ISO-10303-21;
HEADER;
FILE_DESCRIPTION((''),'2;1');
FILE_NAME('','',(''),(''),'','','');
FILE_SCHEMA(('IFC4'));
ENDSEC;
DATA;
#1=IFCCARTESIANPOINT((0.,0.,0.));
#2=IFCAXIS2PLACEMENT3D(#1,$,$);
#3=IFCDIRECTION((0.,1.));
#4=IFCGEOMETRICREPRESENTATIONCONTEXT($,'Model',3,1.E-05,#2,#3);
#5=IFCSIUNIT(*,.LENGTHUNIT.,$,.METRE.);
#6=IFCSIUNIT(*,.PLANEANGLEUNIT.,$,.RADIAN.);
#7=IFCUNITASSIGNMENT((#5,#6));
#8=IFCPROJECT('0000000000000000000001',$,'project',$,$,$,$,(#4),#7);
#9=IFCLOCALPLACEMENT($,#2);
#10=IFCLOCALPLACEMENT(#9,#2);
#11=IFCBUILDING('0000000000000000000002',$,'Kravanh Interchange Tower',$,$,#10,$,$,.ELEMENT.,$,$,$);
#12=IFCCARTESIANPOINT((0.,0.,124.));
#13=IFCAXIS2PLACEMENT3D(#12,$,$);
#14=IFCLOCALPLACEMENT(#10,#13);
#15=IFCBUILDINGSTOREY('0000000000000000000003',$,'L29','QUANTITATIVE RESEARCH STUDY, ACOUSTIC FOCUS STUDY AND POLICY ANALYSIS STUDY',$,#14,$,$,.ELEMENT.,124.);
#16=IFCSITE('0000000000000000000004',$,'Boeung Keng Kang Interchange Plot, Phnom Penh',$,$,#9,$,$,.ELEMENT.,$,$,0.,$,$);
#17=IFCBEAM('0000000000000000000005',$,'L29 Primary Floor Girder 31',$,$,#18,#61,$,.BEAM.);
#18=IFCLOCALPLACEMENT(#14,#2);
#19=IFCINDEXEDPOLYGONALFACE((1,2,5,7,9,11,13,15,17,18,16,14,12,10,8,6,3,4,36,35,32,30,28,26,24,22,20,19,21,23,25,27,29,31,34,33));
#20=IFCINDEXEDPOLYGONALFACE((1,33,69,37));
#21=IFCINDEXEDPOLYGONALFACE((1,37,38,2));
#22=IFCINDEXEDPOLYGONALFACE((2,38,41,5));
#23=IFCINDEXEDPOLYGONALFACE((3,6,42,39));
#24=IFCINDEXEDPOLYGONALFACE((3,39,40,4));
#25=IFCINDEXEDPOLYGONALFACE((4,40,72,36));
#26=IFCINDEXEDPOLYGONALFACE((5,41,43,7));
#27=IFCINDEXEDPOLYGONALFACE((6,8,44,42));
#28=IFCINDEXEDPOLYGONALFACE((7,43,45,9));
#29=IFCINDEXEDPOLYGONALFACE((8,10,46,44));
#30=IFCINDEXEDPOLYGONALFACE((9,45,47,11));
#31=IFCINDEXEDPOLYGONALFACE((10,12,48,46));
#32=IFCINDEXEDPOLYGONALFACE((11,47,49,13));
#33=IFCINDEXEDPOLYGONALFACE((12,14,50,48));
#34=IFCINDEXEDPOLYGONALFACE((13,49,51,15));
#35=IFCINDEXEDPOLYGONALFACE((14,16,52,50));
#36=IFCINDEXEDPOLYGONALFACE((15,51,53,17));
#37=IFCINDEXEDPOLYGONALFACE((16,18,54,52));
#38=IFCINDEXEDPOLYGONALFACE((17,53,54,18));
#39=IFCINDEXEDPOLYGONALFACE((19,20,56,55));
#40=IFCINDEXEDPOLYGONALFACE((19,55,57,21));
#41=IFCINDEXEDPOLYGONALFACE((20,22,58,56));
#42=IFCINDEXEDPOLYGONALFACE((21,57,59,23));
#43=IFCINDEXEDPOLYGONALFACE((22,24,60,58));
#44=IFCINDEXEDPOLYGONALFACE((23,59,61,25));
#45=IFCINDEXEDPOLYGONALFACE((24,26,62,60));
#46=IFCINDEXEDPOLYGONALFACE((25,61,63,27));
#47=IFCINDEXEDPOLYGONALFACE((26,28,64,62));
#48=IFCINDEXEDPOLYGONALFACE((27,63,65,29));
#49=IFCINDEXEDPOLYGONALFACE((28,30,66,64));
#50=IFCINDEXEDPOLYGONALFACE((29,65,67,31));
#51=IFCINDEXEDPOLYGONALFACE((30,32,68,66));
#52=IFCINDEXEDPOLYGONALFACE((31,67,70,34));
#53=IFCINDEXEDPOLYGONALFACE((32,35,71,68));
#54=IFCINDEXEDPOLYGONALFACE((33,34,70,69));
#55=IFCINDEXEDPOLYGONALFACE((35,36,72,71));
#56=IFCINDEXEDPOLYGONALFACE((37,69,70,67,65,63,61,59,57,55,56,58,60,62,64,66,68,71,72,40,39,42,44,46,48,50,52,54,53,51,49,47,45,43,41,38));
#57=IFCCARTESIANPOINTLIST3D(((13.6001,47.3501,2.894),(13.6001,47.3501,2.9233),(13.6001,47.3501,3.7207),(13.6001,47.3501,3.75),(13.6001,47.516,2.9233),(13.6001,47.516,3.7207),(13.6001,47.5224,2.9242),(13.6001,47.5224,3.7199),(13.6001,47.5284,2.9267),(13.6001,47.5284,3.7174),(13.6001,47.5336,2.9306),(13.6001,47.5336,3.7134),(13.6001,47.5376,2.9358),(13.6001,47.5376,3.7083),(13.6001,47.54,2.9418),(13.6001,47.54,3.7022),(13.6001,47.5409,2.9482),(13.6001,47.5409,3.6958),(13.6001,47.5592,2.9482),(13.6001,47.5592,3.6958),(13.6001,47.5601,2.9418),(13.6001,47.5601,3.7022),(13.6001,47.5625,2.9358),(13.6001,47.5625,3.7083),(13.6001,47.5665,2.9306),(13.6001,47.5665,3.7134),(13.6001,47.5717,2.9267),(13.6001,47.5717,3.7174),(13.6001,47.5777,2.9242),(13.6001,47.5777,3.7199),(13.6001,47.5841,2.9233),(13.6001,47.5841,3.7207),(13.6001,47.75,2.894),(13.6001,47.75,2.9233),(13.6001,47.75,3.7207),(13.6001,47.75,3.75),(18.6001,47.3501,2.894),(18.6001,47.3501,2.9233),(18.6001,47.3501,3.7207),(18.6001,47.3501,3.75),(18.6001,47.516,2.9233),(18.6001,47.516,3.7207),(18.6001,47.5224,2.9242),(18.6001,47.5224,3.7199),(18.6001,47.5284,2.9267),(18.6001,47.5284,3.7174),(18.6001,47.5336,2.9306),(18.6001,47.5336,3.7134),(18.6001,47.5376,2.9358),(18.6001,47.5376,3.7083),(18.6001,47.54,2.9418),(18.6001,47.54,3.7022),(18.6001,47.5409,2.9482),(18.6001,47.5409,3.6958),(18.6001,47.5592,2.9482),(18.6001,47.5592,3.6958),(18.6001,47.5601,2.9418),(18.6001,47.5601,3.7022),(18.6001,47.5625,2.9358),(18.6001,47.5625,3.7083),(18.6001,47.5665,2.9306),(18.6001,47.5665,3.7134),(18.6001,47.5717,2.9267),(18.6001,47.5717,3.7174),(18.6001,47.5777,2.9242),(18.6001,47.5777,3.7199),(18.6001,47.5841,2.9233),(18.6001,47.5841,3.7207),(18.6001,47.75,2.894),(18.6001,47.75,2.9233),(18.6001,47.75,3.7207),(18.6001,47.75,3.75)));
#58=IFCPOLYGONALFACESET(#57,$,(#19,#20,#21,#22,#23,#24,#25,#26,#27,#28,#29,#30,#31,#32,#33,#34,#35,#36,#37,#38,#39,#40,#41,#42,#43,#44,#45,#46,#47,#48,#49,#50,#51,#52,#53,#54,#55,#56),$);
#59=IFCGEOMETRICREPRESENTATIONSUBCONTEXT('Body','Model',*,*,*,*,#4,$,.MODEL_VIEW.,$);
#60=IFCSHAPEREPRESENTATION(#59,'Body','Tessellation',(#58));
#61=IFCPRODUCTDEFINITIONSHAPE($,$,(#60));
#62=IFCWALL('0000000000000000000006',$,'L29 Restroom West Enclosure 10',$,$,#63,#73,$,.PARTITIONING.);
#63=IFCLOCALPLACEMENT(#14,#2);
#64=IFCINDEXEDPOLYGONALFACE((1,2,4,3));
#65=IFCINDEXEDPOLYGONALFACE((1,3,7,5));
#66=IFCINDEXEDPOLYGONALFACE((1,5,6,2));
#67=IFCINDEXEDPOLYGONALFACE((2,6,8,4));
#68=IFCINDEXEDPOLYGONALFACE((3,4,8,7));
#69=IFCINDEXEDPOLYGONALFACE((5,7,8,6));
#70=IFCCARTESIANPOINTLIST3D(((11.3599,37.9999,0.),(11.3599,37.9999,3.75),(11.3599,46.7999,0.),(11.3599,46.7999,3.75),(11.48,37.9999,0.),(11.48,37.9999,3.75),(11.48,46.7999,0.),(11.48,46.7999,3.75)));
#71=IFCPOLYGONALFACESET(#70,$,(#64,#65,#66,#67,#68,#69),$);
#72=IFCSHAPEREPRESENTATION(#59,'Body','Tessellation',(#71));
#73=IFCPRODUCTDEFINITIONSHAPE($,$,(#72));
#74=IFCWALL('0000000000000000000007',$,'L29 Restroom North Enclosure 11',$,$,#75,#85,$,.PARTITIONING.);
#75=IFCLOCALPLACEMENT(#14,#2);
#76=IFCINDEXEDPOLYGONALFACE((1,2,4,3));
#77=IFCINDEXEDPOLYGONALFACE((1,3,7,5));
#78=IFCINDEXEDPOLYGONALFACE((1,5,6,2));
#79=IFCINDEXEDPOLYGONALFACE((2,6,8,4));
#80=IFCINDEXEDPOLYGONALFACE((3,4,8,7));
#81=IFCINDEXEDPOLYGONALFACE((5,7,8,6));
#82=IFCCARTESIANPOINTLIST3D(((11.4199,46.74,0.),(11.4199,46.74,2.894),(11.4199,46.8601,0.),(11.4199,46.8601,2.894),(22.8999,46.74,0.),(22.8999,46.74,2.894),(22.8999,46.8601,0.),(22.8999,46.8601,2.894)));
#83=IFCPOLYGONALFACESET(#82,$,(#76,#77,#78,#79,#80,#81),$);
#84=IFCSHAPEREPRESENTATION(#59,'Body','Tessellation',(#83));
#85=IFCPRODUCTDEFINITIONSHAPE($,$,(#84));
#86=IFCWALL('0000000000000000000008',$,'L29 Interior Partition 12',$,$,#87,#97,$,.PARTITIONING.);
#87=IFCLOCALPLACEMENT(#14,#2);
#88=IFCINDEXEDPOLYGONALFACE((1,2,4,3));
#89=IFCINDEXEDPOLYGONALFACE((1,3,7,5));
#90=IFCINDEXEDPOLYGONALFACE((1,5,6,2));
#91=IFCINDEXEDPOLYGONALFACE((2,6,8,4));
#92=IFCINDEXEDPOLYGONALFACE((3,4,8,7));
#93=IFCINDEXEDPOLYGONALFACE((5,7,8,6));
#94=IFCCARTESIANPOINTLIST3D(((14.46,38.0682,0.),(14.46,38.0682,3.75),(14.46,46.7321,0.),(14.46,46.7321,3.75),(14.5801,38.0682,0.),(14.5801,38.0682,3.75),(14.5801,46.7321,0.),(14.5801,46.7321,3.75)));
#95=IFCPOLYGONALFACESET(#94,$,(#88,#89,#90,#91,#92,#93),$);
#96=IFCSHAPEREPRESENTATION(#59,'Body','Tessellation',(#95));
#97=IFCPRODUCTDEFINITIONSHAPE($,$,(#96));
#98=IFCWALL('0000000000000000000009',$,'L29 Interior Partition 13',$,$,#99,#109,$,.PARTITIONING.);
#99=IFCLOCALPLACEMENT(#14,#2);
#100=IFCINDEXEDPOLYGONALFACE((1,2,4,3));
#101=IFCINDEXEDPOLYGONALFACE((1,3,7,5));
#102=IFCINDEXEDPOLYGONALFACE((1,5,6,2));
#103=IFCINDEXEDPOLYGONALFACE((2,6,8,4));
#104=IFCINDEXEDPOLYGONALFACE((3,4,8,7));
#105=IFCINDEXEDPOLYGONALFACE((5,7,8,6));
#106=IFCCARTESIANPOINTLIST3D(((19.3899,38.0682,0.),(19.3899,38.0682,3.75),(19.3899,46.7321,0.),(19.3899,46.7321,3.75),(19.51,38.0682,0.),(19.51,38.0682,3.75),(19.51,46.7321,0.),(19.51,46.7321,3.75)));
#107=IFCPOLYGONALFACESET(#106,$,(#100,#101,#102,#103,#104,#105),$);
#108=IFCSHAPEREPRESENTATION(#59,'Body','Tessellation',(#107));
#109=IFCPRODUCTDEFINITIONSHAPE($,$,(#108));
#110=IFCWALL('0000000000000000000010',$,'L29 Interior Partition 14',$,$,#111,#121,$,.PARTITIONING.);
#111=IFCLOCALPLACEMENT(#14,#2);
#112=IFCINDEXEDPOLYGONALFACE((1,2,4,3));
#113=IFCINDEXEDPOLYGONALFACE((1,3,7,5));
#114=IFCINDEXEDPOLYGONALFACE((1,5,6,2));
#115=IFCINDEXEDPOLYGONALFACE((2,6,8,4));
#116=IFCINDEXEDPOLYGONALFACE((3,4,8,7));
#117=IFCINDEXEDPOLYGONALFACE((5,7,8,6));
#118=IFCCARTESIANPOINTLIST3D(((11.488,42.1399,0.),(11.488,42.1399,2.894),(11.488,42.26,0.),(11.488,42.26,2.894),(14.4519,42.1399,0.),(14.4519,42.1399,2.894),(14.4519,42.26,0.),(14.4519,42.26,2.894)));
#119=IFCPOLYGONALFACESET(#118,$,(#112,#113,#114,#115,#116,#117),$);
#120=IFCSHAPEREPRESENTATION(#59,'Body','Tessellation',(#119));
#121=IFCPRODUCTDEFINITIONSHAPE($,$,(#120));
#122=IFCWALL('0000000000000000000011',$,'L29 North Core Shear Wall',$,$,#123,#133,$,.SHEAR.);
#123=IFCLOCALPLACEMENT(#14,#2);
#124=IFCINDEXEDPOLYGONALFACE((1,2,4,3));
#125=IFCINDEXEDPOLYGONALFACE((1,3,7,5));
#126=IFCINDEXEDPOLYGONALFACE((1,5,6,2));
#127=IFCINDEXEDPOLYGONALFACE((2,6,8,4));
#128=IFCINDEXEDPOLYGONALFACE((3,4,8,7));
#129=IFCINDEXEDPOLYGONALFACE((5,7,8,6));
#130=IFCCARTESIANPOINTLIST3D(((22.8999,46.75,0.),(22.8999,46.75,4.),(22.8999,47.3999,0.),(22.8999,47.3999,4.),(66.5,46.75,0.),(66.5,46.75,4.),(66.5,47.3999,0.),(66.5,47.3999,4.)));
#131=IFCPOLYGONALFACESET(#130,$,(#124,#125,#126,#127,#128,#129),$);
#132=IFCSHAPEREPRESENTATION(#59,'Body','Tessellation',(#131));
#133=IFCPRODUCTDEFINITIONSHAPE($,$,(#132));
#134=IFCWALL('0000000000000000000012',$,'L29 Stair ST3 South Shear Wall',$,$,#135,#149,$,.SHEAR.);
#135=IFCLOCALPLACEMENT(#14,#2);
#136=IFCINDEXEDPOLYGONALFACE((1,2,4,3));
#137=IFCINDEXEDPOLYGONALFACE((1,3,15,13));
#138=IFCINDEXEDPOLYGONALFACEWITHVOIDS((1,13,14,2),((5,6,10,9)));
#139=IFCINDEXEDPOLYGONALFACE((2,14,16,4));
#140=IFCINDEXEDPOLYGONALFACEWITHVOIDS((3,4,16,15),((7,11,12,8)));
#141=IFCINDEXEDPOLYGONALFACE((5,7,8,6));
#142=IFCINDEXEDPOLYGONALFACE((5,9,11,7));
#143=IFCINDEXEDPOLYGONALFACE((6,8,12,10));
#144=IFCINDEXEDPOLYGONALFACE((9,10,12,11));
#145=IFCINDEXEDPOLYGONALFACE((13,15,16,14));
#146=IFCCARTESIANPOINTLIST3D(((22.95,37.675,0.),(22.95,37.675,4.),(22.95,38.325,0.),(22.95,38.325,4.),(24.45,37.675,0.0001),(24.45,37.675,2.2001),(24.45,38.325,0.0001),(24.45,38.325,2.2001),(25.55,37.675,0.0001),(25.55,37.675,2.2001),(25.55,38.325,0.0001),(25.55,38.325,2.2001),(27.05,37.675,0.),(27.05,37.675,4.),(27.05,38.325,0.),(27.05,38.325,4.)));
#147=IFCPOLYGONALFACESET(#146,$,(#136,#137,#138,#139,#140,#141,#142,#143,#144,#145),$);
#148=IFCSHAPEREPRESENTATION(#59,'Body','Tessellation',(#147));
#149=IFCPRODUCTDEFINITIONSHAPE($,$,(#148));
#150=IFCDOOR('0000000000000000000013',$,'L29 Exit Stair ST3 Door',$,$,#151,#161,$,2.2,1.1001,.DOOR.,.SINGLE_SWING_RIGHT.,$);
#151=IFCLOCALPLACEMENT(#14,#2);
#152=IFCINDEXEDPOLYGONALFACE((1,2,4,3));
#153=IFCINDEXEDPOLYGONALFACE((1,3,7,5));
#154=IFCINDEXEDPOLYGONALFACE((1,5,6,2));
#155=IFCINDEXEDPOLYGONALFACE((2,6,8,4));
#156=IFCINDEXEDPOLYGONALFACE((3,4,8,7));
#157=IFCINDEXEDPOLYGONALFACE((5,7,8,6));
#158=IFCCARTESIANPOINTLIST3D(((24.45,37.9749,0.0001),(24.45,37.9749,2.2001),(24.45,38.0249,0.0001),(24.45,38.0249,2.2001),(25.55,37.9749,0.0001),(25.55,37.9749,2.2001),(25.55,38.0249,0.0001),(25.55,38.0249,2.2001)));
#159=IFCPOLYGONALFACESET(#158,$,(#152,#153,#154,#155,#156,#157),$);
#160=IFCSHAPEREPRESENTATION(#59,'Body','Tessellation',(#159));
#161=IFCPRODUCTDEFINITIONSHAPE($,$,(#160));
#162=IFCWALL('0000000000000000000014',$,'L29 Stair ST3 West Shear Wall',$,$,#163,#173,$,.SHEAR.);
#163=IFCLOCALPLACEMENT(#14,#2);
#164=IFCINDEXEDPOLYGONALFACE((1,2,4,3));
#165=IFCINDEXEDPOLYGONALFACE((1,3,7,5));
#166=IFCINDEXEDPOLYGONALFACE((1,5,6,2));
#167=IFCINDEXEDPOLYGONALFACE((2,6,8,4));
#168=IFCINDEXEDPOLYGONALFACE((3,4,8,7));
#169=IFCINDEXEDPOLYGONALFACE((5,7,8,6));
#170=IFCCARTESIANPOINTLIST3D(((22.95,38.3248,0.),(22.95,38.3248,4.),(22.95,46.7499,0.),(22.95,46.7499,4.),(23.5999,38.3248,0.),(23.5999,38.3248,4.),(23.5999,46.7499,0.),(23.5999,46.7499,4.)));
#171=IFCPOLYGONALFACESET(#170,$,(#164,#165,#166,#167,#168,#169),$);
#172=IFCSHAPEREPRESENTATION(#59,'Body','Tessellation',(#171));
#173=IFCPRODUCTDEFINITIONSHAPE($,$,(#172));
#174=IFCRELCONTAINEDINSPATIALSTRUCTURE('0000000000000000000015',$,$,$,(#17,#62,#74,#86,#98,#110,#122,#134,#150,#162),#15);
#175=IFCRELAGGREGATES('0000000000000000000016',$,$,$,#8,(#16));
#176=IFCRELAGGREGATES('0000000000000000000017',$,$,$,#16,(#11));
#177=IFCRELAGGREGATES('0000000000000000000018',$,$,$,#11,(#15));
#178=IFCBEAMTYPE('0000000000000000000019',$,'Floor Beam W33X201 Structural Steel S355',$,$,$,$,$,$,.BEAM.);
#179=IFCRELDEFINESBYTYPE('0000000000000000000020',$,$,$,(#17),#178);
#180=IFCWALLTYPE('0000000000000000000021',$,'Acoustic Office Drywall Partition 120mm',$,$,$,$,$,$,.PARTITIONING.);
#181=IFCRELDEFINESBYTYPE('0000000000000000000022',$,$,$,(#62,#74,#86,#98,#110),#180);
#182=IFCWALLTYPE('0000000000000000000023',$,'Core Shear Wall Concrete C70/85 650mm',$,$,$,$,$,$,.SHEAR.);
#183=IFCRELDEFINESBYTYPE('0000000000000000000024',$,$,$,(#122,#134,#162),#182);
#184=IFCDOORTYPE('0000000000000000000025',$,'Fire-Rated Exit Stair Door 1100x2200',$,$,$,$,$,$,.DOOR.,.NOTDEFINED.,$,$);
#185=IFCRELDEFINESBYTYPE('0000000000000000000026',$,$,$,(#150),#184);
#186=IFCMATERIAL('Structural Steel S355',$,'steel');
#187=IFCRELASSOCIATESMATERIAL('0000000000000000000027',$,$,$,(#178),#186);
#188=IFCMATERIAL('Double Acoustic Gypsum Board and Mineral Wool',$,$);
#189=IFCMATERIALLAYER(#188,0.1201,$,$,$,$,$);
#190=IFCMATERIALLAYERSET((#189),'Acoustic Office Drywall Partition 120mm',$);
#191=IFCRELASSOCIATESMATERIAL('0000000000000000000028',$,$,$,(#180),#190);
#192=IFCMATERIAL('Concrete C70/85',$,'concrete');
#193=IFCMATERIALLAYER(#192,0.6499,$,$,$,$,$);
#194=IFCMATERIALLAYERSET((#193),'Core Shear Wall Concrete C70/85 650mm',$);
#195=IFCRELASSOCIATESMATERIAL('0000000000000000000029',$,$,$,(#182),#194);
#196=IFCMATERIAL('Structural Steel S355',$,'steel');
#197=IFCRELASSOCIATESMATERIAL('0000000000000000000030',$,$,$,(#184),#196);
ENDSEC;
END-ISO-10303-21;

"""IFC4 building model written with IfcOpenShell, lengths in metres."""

from ifc_helpers import new_model, si_unit, direction, frame, frame_2d, origin, origin_2d, place, context, subcontext, project, spatial, rectangle, i_section, extrude, material, layer, layer_set, material_profile, profile_set, type_object, element, fill, save


model = new_model("IFC4")

# Units and contexts
model_context = context("Model", 3, precision=1e-05, world=origin(), true_north=direction((0.0, 1.0)))
body_context = subcontext(model_context, "Body", "Model", "MODEL_VIEW")
ifc_project = project(units=[si_unit("LENGTHUNIT", "METRE"), si_unit("PLANEANGLEUNIT", "RADIAN")], contexts=[model_context])

# Site, building, storey
site_placement = place(None, origin())
site = spatial("IfcSite", under=ifc_project, at=site_placement, Name="Boeung Keng Kang Interchange Plot, Phnom Penh", CompositionType="ELEMENT", RefElevation=0.0)
building_placement = place(site_placement, origin())
building = spatial("IfcBuilding", under=site, at=building_placement, Name="Kravanh Interchange Tower", CompositionType="ELEMENT")
storey_placement = place(building_placement, frame((0.0, 0.0, 124.0)))
storey = spatial("IfcBuildingStorey", under=building, at=storey_placement, Name="L29", Description="QUANTITATIVE RESEARCH STUDY, ACOUSTIC FOCUS STUDY AND POLICY ANALYSIS STUDY", CompositionType="ELEMENT", Elevation=124.0)

# Beam
ifc_material_1 = material(Name="Structural Steel S355", Category="steel")
ifc_material_profile_1 = material_profile(ifc_material_1, i_section(OverallWidth=0.3999, OverallDepth=0.856, WebThickness=0.0183, FlangeThickness=0.0293, FilletRadius=0.0249, at=origin_2d()), Name="W33X201")
ifc_profile_set_1 = profile_set([ifc_material_profile_1], Name="Structural Steel S355")
beam_type = type_object("IfcBeamType", Name="Floor Beam W33X201 Structural Steel S355", PredefinedType="BEAM", material=ifc_profile_set_1)
beam_1_placement = place(storey_placement, frame((18.6001, 47.55, 3.322), z_axis=(-1.0, 0.0, 0.0), x_axis=(0.0, -1.0, 0.0)))
element("IfcBeam", 1, at=beam_1_placement, inside=storey, type_object=beam_type, Name="L29 Primary Floor Girder 31", PredefinedType="BEAM", context=body_context, shape_type="SweptSolid", body=[
    extrude(i_section(OverallWidth=0.3999, OverallDepth=0.856, WebThickness=0.0183, FlangeThickness=0.0293, FilletRadius=0.0249, at=origin_2d()), origin(), (0.0, 0.0, 1.0), 5.0),
])

# Shared definitions
ifc_material_2 = material(Name="Double Acoustic Gypsum Board and Mineral Wool")
ifc_layer_1 = layer(ifc_material_2, 0.1201)
ifc_layer_set_1 = layer_set([ifc_layer_1], Name="Acoustic Office Drywall Partition 120mm")
wall_type_1 = type_object("IfcWallType", Name="Acoustic Office Drywall Partition 120mm", PredefinedType="PARTITIONING", material=ifc_layer_set_1)

# Walls
wall_1_placement = place(storey_placement, frame((11.4199, 38.0, 0.0), z_axis=(0.0, 0.0, 1.0), x_axis=(0.0, 1.0, 0.0)))
element("IfcWall", 2, at=wall_1_placement, inside=storey, type_object=wall_type_1, Name="L29 Restroom West Enclosure 10", PredefinedType="PARTITIONING", context=body_context, shape_type="SweptSolid", body=[
    extrude(rectangle(XDim=8.8, YDim=0.1201, at=frame_2d((4.3999, 0.0))), origin(), (0.0, 0.0, 1.0), 3.75),
])
wall_2_placement = place(storey_placement, frame((11.4199, 46.8, 0.0), z_axis=(0.0, 0.0, 1.0), x_axis=(1.0, 0.0, 0.0)))
element("IfcWall", 3, at=wall_2_placement, inside=storey, type_object=wall_type_1, Name="L29 Restroom North Enclosure 11", PredefinedType="PARTITIONING", context=body_context, shape_type="SweptSolid", body=[
    extrude(rectangle(XDim=11.48, YDim=0.1201, at=frame_2d((5.74, 0.0))), origin(), (0.0, 0.0, 1.0), 2.894),
])
for number, where, z_axis, x_axis, name in (
    (4, (14.52, 38.0681, 0.0), (0.0, 0.0, 1.0), (0.0, 1.0, 0.0), "L29 Interior Partition 12"),
    (5, (19.45, 38.0681, 0.0), (0.0, 0.0, 1.0), (0.0, 1.0, 0.0), "L29 Interior Partition 13"),
):
    element("IfcWall", number, at=place(storey_placement, frame(where, z_axis=z_axis, x_axis=x_axis)), inside=storey, type_object=wall_type_1, Name=name, PredefinedType="PARTITIONING", context=body_context, shape_type="SweptSolid", body=[
        extrude(rectangle(XDim=8.6638, YDim=0.1201, at=frame_2d((4.332, 0.0))), origin(), (0.0, 0.0, 1.0), 3.75),
    ])
wall_3_placement = place(storey_placement, frame((11.488, 42.2, 0.0), z_axis=(0.0, 0.0, 1.0), x_axis=(1.0, 0.0, 0.0)))
element("IfcWall", 6, at=wall_3_placement, inside=storey, type_object=wall_type_1, Name="L29 Interior Partition 14", PredefinedType="PARTITIONING", context=body_context, shape_type="SweptSolid", body=[
    extrude(rectangle(XDim=2.9639, YDim=0.1201, at=frame_2d((1.4819, 0.0))), origin(), (0.0, 0.0, 1.0), 2.894),
])
ifc_material_3 = material(Name="Concrete C70/85", Category="concrete")
ifc_layer_2 = layer(ifc_material_3, 0.6499)
ifc_layer_set_2 = layer_set([ifc_layer_2], Name="Core Shear Wall Concrete C70/85 650mm")
wall_type_2 = type_object("IfcWallType", Name="Core Shear Wall Concrete C70/85 650mm", PredefinedType="SHEAR", material=ifc_layer_set_2)
wall_4_placement = place(storey_placement, frame((22.8999, 47.075, 0.0), z_axis=(0.0, 0.0, 1.0), x_axis=(1.0, 0.0, 0.0)))
element("IfcWall", 7, at=wall_4_placement, inside=storey, type_object=wall_type_2, Name="L29 North Core Shear Wall", PredefinedType="SHEAR", context=body_context, shape_type="SweptSolid", body=[
    extrude(rectangle(XDim=43.6001, YDim=0.6499, at=frame_2d((21.8, 0.0))), origin(), (0.0, 0.0, 1.0), 4.0),
])

# Wall, opening, door
wall_5_placement = place(storey_placement, frame((22.95, 38.0, 0.0), z_axis=(0.0, 0.0, 1.0), x_axis=(1.0, 0.0, 0.0)))
wall_5 = element("IfcWall", 8, at=wall_5_placement, inside=storey, type_object=wall_type_2, Name="L29 Stair ST3 South Shear Wall", PredefinedType="SHEAR", context=body_context, shape_type="SweptSolid", body=[
    extrude(rectangle(XDim=4.1001, YDim=0.6499, at=frame_2d((2.05, 0.0))), origin(), (0.0, 0.0, 1.0), 4.0),
])
opening_1_placement = place(wall_5_placement, frame((1.5, 0.0, 0.0)))
opening_1 = element("IfcOpeningElement", 9, at=opening_1_placement, cuts=wall_5, PredefinedType="OPENING", context=body_context, shape_type="SweptSolid", body=[
    extrude(rectangle(XDim=1.1001, YDim=2.2, at=frame_2d((0.55, 1.1001))), frame((0.0, 0.335, 0.0), z_axis=(0.0, -1.0, 0.0), x_axis=(1.0, 0.0, 0.0)), (0.0, 0.0, 1.0), 0.6699),
])
ifc_material_4 = material(Name="Structural Steel S355", Category="steel")
door_type_1 = type_object("IfcDoorType", Name="Fire-Rated Exit Stair Door 1100x2200", OperationType="NOTDEFINED", PredefinedType="DOOR", material=ifc_material_4)
door_1_placement = place(opening_1_placement, origin())
door_1 = element("IfcDoor", 10, at=door_1_placement, inside=storey, type_object=door_type_1, Name="L29 Exit Stair ST3 Door", OperationType="SINGLE_SWING_RIGHT", OverallHeight=2.2, OverallWidth=1.1001, PredefinedType="DOOR", context=body_context, shape_type="SweptSolid", body=[
    extrude(rectangle(XDim=1.1001, YDim=2.2, at=frame_2d((0.55, 1.1001))), frame((0.0, 0.0249, 0.0), z_axis=(0.0, -1.0, 0.0), x_axis=(1.0, 0.0, 0.0)), (0.0, 0.0, 1.0), 0.05),
])
fill(opening_1, door_1)

# Wall
wall_6_placement = place(storey_placement, frame((23.2749, 38.325, 0.0), z_axis=(0.0, 0.0, 1.0), x_axis=(0.0, 1.0, 0.0)))
element("IfcWall", 11, at=wall_6_placement, inside=storey, type_object=wall_type_2, Name="L29 Stair ST3 West Shear Wall", PredefinedType="SHEAR", context=body_context, shape_type="SweptSolid", body=[
    extrude(rectangle(XDim=8.425, YDim=0.6499, at=frame_2d((4.2124, 0.0))), origin(), (0.0, 0.0, 1.0), 4.0),
])

save(model, "model.ifc")
